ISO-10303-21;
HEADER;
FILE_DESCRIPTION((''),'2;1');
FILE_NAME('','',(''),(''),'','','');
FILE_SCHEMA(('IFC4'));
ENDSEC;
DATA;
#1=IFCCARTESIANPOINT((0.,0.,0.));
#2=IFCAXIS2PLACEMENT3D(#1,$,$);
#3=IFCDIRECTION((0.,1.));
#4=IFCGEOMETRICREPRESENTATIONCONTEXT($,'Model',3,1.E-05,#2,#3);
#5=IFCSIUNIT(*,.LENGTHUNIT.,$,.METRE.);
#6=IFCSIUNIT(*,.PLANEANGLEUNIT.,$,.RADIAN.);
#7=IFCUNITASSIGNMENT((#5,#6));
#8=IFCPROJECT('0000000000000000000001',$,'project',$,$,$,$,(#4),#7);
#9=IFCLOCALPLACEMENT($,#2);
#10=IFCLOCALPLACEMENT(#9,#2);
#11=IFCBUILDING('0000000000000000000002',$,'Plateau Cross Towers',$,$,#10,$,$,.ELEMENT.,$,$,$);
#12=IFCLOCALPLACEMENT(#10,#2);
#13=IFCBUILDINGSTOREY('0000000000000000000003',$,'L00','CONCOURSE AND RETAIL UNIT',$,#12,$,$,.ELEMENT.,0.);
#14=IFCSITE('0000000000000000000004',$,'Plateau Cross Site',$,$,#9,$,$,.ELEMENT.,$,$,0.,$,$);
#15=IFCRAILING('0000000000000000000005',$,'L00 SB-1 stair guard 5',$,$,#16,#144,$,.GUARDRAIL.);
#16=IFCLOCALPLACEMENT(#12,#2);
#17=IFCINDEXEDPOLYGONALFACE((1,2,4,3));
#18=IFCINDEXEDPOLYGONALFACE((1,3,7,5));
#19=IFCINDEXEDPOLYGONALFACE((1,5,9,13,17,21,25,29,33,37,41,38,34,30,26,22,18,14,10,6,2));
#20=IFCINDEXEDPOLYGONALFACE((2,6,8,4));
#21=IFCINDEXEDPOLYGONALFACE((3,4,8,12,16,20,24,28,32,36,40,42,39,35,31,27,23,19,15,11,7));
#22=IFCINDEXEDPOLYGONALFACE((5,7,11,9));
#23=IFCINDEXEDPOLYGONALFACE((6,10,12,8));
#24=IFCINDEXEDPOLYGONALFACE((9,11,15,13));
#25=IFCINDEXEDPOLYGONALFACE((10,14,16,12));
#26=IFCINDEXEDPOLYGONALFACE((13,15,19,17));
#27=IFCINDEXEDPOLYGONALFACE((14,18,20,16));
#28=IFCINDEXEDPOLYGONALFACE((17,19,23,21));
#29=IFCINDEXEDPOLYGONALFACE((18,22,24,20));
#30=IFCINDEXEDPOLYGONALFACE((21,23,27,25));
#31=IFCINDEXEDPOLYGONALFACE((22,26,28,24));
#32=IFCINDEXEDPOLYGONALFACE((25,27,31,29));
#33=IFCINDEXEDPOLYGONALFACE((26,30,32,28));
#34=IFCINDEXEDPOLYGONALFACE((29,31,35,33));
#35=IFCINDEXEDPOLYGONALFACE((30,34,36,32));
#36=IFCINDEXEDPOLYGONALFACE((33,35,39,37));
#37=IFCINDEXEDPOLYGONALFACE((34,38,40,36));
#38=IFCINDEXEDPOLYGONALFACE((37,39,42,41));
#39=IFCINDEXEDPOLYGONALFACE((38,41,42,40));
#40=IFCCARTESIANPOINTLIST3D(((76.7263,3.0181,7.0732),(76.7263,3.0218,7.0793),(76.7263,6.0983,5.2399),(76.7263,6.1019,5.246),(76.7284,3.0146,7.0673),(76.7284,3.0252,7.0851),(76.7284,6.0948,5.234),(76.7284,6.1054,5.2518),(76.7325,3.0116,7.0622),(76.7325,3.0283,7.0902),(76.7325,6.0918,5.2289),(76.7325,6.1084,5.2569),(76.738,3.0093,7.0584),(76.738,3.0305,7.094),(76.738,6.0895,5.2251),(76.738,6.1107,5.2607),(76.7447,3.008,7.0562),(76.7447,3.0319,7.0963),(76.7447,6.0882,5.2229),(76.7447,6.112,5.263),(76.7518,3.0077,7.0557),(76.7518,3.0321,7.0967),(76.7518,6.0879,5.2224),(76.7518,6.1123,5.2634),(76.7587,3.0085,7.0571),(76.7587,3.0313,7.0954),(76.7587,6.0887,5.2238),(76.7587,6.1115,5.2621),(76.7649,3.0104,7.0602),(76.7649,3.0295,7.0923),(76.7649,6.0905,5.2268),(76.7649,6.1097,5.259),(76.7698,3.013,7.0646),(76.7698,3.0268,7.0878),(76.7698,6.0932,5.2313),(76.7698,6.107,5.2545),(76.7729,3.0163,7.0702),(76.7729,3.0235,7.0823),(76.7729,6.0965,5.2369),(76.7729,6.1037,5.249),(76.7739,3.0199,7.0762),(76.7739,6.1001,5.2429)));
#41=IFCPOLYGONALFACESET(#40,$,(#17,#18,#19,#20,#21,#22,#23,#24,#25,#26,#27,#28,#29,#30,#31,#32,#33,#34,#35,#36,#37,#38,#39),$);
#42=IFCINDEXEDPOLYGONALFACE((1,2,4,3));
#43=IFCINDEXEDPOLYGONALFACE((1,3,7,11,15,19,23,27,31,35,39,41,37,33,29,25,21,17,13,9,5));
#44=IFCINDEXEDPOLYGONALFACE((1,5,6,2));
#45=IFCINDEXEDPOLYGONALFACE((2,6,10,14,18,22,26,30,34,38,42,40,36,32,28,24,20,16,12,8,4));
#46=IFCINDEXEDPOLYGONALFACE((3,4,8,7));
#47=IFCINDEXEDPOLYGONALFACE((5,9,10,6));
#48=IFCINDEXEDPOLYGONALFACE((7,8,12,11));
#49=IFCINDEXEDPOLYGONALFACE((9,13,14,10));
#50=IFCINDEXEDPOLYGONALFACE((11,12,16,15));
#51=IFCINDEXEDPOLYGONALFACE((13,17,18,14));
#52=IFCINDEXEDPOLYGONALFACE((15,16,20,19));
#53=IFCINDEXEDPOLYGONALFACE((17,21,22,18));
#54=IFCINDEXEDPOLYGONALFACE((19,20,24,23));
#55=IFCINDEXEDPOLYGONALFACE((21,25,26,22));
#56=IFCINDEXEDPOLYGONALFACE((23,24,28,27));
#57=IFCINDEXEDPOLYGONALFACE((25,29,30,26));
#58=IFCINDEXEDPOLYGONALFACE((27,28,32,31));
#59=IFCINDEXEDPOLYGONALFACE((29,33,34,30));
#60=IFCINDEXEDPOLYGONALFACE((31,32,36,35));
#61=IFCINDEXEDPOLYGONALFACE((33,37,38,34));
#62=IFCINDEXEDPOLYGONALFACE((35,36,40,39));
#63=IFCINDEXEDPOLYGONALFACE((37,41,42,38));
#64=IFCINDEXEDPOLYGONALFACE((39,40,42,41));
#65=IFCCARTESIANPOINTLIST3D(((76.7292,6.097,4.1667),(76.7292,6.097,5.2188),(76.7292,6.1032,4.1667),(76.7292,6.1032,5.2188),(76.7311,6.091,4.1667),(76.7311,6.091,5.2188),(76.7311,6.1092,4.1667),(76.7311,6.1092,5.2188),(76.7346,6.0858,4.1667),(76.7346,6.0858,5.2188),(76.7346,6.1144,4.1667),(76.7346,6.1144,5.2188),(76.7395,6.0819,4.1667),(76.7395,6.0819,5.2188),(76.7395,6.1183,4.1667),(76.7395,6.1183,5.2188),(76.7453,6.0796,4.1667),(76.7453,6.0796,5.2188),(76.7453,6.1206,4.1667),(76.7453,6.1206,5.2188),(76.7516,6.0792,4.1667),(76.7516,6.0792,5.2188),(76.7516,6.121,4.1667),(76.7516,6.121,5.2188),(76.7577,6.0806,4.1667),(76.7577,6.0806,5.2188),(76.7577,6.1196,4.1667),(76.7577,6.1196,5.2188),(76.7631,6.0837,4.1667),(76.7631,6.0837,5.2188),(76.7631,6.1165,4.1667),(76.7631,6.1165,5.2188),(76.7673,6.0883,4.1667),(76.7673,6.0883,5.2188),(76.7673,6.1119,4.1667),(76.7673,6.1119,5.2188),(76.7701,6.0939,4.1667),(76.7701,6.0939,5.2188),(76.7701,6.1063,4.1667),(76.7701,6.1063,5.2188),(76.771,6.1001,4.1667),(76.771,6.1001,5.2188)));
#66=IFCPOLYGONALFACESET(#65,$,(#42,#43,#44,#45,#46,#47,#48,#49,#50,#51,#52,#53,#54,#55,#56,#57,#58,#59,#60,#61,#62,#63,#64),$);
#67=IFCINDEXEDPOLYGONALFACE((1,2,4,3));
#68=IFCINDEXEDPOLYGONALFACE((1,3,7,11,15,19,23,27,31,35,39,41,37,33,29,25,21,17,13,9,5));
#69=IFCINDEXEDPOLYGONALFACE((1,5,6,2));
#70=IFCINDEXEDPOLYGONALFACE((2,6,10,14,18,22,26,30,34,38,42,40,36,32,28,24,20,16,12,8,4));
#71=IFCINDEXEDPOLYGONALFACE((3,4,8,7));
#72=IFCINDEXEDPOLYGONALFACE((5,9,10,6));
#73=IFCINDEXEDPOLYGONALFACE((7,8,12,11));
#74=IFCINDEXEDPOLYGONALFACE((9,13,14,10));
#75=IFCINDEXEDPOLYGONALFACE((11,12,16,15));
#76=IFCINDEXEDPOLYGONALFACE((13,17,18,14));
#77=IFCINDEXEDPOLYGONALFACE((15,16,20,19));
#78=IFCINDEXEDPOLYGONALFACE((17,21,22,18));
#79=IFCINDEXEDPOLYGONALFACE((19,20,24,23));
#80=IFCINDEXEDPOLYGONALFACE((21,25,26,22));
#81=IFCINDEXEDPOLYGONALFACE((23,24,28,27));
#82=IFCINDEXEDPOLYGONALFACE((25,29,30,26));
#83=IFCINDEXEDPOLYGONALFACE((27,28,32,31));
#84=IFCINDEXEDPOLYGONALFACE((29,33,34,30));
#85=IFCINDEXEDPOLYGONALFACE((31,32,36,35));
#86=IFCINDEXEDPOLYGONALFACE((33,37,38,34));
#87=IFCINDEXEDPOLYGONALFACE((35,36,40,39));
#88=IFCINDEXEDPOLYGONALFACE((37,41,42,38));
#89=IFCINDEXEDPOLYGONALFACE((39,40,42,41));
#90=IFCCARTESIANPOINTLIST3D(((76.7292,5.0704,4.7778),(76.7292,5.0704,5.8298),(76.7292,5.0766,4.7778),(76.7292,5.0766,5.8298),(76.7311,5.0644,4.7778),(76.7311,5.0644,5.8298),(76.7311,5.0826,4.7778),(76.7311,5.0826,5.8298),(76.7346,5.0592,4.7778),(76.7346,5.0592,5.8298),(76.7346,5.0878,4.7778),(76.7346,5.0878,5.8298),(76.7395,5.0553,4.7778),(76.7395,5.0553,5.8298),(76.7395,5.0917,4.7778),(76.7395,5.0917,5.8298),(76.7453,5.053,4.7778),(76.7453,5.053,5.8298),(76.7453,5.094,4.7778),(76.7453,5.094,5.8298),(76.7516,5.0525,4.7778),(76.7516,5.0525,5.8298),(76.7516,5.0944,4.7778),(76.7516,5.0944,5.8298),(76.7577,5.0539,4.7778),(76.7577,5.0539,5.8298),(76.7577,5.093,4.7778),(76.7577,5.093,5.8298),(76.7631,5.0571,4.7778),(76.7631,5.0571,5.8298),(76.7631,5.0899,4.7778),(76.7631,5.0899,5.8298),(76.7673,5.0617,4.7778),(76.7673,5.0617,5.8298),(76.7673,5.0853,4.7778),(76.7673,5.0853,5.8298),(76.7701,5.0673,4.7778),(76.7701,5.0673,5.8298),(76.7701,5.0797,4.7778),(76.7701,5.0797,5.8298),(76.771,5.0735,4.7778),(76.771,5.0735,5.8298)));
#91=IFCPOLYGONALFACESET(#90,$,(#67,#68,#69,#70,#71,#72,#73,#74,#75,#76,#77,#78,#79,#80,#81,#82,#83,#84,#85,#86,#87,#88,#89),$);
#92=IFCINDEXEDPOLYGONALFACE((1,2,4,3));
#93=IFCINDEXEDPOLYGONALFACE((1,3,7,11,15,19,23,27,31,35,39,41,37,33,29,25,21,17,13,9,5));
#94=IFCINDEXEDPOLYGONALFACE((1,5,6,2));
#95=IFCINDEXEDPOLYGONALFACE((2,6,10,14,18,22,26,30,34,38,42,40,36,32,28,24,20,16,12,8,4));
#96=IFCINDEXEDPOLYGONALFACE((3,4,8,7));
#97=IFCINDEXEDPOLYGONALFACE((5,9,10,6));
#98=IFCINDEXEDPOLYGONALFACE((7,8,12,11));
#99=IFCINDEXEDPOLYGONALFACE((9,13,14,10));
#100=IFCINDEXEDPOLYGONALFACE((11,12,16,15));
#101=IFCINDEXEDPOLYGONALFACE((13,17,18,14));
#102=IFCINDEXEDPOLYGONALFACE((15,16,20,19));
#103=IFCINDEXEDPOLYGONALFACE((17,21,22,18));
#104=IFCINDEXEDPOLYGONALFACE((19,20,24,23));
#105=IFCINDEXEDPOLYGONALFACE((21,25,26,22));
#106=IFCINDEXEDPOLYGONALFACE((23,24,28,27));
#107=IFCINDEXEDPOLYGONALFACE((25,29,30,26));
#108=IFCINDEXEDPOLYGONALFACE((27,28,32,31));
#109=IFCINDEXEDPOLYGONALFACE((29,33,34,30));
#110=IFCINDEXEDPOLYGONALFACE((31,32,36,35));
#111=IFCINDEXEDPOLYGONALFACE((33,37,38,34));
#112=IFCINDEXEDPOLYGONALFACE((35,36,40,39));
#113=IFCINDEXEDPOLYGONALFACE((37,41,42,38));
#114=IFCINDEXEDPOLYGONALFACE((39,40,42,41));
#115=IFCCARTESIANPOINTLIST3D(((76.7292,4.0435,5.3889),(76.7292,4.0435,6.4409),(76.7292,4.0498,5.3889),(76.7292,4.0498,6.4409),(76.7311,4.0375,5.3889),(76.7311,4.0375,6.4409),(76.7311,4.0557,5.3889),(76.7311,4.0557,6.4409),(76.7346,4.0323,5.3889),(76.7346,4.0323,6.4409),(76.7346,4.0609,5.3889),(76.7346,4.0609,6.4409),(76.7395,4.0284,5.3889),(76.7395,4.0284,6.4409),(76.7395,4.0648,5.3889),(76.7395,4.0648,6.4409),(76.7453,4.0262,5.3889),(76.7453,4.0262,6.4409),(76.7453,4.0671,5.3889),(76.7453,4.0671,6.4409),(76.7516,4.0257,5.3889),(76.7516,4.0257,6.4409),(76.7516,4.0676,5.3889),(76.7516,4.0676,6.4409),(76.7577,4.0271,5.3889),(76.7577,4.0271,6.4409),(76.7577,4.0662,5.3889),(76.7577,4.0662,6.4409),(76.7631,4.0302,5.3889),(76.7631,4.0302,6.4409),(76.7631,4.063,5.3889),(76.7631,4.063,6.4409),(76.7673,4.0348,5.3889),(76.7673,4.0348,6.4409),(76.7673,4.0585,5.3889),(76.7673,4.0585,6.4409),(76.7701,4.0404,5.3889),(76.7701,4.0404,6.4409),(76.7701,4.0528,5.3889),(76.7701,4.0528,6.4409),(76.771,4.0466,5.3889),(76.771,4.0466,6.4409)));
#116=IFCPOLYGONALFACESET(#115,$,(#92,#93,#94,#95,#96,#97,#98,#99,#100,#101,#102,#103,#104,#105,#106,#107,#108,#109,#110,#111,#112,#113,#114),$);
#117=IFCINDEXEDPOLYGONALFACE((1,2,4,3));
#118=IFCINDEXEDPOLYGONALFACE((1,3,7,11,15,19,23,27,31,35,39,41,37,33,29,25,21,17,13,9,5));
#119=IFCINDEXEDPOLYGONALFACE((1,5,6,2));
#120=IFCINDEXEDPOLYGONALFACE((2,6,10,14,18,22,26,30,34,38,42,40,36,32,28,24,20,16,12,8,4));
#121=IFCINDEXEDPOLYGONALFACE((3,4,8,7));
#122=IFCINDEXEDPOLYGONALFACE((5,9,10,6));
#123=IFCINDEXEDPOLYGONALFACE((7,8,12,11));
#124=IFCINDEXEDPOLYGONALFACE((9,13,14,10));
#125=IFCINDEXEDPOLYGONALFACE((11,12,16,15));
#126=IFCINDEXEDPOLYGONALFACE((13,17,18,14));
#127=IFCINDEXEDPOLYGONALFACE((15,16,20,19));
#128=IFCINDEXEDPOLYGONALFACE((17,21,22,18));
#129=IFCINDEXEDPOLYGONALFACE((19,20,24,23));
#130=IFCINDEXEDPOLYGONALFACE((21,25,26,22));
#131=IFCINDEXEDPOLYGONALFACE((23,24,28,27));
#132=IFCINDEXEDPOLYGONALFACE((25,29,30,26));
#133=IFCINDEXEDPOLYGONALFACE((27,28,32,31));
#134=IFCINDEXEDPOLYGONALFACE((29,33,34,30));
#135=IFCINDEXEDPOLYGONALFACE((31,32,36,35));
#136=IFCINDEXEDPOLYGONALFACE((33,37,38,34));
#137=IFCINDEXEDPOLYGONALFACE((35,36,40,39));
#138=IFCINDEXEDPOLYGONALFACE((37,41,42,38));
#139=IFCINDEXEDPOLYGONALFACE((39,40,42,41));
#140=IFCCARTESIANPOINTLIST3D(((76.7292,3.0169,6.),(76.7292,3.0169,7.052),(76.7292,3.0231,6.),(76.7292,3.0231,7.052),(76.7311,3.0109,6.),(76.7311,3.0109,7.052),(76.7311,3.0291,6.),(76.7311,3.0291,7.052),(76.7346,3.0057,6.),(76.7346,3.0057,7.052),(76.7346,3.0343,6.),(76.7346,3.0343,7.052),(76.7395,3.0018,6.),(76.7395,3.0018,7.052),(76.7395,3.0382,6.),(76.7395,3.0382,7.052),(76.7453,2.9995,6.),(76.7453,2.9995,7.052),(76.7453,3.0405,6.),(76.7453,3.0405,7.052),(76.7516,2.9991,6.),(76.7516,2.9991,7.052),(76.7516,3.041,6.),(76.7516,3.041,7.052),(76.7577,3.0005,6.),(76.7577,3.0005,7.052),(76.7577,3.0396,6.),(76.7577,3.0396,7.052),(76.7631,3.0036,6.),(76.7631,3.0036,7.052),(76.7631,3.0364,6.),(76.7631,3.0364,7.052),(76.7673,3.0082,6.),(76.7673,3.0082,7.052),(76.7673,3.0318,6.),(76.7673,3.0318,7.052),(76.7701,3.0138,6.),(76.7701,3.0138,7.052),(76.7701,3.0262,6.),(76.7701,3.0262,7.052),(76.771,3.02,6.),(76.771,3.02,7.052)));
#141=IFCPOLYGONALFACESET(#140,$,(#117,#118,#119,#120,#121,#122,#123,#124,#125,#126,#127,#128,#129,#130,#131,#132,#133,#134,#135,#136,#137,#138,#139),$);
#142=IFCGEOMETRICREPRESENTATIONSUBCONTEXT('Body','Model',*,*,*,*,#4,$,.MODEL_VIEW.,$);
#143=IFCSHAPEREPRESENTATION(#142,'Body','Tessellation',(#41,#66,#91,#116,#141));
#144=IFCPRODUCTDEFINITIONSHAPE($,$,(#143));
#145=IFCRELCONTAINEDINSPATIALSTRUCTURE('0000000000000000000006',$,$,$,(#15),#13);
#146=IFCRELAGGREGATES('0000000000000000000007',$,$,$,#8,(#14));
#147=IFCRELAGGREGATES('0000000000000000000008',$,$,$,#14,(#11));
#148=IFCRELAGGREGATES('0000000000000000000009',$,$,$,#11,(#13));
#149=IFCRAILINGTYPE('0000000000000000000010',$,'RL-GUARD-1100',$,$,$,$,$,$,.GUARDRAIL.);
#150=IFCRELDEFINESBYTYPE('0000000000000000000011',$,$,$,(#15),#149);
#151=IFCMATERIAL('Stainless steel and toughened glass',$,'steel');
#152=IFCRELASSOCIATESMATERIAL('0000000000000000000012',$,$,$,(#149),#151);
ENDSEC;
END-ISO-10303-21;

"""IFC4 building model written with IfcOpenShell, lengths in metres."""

from ifc_helpers import new_model, si_unit, direction, frame, origin, origin_2d, place, context, subcontext, project, spatial, circle, extrude, material, type_object, element, save


model = new_model("IFC4")

# Units and contexts
model_context = context("Model", 3, precision=1e-05, world=origin(), true_north=direction((0.0, 1.0)))
body_context = subcontext(model_context, "Body", "Model", "MODEL_VIEW")
ifc_project = project(units=[si_unit("LENGTHUNIT", "METRE"), si_unit("PLANEANGLEUNIT", "RADIAN")], contexts=[model_context])

# Site, building, storey
site_placement = place(None, origin())
site = spatial("IfcSite", under=ifc_project, at=site_placement, Name="Plateau Cross Site", CompositionType="ELEMENT", RefElevation=0.0)
building_placement = place(site_placement, origin())
building = spatial("IfcBuilding", under=site, at=building_placement, Name="Plateau Cross Towers", CompositionType="ELEMENT")
storey_placement = place(building_placement, origin())
storey = spatial("IfcBuildingStorey", under=building, at=storey_placement, Name="L00", Description="CONCOURSE AND RETAIL UNIT", CompositionType="ELEMENT", Elevation=0.0)

# Railing
ifc_material_1 = material(Name="Stainless steel and toughened glass", Category="steel")
railing_type_1 = type_object("IfcRailingType", Name="RL-GUARD-1100", PredefinedType="GUARDRAIL", material=ifc_material_1)
railing_1_placement = place(storey_placement, frame((76.75, 6.1001, 4.1667)))
element("IfcRailing", 1, at=railing_1_placement, inside=storey, type_object=railing_type_1, Name="L00 SB-1 stair guard 5", PredefinedType="GUARDRAIL", context=body_context, shape_type="SweptSolid", body=[
    extrude(circle(Radius=0.0239, at=origin_2d()), frame((0.0, 0.0, 1.0762), z_axis=(0.0, -0.859309, 0.511458), x_axis=(1.0, 0.0, 0.0)), (0.0, 0.0, 1.0), 3.5845),
    extrude(circle(Radius=0.021, at=origin_2d()), origin(), (0.0, 0.0, 1.0), 1.052),
    extrude(circle(Radius=0.021, at=origin_2d()), frame((0.0, -1.0266, 0.6111)), (0.0, 0.0, 1.0), 1.052),
    extrude(circle(Radius=0.021, at=origin_2d()), frame((0.0, -2.0535, 1.2222)), (0.0, 0.0, 1.0), 1.052),
    extrude(circle(Radius=0.021, at=origin_2d()), frame((0.0, -3.0801, 1.8333)), (0.0, 0.0, 1.0), 1.052),
])

save(model, "model.ifc")
